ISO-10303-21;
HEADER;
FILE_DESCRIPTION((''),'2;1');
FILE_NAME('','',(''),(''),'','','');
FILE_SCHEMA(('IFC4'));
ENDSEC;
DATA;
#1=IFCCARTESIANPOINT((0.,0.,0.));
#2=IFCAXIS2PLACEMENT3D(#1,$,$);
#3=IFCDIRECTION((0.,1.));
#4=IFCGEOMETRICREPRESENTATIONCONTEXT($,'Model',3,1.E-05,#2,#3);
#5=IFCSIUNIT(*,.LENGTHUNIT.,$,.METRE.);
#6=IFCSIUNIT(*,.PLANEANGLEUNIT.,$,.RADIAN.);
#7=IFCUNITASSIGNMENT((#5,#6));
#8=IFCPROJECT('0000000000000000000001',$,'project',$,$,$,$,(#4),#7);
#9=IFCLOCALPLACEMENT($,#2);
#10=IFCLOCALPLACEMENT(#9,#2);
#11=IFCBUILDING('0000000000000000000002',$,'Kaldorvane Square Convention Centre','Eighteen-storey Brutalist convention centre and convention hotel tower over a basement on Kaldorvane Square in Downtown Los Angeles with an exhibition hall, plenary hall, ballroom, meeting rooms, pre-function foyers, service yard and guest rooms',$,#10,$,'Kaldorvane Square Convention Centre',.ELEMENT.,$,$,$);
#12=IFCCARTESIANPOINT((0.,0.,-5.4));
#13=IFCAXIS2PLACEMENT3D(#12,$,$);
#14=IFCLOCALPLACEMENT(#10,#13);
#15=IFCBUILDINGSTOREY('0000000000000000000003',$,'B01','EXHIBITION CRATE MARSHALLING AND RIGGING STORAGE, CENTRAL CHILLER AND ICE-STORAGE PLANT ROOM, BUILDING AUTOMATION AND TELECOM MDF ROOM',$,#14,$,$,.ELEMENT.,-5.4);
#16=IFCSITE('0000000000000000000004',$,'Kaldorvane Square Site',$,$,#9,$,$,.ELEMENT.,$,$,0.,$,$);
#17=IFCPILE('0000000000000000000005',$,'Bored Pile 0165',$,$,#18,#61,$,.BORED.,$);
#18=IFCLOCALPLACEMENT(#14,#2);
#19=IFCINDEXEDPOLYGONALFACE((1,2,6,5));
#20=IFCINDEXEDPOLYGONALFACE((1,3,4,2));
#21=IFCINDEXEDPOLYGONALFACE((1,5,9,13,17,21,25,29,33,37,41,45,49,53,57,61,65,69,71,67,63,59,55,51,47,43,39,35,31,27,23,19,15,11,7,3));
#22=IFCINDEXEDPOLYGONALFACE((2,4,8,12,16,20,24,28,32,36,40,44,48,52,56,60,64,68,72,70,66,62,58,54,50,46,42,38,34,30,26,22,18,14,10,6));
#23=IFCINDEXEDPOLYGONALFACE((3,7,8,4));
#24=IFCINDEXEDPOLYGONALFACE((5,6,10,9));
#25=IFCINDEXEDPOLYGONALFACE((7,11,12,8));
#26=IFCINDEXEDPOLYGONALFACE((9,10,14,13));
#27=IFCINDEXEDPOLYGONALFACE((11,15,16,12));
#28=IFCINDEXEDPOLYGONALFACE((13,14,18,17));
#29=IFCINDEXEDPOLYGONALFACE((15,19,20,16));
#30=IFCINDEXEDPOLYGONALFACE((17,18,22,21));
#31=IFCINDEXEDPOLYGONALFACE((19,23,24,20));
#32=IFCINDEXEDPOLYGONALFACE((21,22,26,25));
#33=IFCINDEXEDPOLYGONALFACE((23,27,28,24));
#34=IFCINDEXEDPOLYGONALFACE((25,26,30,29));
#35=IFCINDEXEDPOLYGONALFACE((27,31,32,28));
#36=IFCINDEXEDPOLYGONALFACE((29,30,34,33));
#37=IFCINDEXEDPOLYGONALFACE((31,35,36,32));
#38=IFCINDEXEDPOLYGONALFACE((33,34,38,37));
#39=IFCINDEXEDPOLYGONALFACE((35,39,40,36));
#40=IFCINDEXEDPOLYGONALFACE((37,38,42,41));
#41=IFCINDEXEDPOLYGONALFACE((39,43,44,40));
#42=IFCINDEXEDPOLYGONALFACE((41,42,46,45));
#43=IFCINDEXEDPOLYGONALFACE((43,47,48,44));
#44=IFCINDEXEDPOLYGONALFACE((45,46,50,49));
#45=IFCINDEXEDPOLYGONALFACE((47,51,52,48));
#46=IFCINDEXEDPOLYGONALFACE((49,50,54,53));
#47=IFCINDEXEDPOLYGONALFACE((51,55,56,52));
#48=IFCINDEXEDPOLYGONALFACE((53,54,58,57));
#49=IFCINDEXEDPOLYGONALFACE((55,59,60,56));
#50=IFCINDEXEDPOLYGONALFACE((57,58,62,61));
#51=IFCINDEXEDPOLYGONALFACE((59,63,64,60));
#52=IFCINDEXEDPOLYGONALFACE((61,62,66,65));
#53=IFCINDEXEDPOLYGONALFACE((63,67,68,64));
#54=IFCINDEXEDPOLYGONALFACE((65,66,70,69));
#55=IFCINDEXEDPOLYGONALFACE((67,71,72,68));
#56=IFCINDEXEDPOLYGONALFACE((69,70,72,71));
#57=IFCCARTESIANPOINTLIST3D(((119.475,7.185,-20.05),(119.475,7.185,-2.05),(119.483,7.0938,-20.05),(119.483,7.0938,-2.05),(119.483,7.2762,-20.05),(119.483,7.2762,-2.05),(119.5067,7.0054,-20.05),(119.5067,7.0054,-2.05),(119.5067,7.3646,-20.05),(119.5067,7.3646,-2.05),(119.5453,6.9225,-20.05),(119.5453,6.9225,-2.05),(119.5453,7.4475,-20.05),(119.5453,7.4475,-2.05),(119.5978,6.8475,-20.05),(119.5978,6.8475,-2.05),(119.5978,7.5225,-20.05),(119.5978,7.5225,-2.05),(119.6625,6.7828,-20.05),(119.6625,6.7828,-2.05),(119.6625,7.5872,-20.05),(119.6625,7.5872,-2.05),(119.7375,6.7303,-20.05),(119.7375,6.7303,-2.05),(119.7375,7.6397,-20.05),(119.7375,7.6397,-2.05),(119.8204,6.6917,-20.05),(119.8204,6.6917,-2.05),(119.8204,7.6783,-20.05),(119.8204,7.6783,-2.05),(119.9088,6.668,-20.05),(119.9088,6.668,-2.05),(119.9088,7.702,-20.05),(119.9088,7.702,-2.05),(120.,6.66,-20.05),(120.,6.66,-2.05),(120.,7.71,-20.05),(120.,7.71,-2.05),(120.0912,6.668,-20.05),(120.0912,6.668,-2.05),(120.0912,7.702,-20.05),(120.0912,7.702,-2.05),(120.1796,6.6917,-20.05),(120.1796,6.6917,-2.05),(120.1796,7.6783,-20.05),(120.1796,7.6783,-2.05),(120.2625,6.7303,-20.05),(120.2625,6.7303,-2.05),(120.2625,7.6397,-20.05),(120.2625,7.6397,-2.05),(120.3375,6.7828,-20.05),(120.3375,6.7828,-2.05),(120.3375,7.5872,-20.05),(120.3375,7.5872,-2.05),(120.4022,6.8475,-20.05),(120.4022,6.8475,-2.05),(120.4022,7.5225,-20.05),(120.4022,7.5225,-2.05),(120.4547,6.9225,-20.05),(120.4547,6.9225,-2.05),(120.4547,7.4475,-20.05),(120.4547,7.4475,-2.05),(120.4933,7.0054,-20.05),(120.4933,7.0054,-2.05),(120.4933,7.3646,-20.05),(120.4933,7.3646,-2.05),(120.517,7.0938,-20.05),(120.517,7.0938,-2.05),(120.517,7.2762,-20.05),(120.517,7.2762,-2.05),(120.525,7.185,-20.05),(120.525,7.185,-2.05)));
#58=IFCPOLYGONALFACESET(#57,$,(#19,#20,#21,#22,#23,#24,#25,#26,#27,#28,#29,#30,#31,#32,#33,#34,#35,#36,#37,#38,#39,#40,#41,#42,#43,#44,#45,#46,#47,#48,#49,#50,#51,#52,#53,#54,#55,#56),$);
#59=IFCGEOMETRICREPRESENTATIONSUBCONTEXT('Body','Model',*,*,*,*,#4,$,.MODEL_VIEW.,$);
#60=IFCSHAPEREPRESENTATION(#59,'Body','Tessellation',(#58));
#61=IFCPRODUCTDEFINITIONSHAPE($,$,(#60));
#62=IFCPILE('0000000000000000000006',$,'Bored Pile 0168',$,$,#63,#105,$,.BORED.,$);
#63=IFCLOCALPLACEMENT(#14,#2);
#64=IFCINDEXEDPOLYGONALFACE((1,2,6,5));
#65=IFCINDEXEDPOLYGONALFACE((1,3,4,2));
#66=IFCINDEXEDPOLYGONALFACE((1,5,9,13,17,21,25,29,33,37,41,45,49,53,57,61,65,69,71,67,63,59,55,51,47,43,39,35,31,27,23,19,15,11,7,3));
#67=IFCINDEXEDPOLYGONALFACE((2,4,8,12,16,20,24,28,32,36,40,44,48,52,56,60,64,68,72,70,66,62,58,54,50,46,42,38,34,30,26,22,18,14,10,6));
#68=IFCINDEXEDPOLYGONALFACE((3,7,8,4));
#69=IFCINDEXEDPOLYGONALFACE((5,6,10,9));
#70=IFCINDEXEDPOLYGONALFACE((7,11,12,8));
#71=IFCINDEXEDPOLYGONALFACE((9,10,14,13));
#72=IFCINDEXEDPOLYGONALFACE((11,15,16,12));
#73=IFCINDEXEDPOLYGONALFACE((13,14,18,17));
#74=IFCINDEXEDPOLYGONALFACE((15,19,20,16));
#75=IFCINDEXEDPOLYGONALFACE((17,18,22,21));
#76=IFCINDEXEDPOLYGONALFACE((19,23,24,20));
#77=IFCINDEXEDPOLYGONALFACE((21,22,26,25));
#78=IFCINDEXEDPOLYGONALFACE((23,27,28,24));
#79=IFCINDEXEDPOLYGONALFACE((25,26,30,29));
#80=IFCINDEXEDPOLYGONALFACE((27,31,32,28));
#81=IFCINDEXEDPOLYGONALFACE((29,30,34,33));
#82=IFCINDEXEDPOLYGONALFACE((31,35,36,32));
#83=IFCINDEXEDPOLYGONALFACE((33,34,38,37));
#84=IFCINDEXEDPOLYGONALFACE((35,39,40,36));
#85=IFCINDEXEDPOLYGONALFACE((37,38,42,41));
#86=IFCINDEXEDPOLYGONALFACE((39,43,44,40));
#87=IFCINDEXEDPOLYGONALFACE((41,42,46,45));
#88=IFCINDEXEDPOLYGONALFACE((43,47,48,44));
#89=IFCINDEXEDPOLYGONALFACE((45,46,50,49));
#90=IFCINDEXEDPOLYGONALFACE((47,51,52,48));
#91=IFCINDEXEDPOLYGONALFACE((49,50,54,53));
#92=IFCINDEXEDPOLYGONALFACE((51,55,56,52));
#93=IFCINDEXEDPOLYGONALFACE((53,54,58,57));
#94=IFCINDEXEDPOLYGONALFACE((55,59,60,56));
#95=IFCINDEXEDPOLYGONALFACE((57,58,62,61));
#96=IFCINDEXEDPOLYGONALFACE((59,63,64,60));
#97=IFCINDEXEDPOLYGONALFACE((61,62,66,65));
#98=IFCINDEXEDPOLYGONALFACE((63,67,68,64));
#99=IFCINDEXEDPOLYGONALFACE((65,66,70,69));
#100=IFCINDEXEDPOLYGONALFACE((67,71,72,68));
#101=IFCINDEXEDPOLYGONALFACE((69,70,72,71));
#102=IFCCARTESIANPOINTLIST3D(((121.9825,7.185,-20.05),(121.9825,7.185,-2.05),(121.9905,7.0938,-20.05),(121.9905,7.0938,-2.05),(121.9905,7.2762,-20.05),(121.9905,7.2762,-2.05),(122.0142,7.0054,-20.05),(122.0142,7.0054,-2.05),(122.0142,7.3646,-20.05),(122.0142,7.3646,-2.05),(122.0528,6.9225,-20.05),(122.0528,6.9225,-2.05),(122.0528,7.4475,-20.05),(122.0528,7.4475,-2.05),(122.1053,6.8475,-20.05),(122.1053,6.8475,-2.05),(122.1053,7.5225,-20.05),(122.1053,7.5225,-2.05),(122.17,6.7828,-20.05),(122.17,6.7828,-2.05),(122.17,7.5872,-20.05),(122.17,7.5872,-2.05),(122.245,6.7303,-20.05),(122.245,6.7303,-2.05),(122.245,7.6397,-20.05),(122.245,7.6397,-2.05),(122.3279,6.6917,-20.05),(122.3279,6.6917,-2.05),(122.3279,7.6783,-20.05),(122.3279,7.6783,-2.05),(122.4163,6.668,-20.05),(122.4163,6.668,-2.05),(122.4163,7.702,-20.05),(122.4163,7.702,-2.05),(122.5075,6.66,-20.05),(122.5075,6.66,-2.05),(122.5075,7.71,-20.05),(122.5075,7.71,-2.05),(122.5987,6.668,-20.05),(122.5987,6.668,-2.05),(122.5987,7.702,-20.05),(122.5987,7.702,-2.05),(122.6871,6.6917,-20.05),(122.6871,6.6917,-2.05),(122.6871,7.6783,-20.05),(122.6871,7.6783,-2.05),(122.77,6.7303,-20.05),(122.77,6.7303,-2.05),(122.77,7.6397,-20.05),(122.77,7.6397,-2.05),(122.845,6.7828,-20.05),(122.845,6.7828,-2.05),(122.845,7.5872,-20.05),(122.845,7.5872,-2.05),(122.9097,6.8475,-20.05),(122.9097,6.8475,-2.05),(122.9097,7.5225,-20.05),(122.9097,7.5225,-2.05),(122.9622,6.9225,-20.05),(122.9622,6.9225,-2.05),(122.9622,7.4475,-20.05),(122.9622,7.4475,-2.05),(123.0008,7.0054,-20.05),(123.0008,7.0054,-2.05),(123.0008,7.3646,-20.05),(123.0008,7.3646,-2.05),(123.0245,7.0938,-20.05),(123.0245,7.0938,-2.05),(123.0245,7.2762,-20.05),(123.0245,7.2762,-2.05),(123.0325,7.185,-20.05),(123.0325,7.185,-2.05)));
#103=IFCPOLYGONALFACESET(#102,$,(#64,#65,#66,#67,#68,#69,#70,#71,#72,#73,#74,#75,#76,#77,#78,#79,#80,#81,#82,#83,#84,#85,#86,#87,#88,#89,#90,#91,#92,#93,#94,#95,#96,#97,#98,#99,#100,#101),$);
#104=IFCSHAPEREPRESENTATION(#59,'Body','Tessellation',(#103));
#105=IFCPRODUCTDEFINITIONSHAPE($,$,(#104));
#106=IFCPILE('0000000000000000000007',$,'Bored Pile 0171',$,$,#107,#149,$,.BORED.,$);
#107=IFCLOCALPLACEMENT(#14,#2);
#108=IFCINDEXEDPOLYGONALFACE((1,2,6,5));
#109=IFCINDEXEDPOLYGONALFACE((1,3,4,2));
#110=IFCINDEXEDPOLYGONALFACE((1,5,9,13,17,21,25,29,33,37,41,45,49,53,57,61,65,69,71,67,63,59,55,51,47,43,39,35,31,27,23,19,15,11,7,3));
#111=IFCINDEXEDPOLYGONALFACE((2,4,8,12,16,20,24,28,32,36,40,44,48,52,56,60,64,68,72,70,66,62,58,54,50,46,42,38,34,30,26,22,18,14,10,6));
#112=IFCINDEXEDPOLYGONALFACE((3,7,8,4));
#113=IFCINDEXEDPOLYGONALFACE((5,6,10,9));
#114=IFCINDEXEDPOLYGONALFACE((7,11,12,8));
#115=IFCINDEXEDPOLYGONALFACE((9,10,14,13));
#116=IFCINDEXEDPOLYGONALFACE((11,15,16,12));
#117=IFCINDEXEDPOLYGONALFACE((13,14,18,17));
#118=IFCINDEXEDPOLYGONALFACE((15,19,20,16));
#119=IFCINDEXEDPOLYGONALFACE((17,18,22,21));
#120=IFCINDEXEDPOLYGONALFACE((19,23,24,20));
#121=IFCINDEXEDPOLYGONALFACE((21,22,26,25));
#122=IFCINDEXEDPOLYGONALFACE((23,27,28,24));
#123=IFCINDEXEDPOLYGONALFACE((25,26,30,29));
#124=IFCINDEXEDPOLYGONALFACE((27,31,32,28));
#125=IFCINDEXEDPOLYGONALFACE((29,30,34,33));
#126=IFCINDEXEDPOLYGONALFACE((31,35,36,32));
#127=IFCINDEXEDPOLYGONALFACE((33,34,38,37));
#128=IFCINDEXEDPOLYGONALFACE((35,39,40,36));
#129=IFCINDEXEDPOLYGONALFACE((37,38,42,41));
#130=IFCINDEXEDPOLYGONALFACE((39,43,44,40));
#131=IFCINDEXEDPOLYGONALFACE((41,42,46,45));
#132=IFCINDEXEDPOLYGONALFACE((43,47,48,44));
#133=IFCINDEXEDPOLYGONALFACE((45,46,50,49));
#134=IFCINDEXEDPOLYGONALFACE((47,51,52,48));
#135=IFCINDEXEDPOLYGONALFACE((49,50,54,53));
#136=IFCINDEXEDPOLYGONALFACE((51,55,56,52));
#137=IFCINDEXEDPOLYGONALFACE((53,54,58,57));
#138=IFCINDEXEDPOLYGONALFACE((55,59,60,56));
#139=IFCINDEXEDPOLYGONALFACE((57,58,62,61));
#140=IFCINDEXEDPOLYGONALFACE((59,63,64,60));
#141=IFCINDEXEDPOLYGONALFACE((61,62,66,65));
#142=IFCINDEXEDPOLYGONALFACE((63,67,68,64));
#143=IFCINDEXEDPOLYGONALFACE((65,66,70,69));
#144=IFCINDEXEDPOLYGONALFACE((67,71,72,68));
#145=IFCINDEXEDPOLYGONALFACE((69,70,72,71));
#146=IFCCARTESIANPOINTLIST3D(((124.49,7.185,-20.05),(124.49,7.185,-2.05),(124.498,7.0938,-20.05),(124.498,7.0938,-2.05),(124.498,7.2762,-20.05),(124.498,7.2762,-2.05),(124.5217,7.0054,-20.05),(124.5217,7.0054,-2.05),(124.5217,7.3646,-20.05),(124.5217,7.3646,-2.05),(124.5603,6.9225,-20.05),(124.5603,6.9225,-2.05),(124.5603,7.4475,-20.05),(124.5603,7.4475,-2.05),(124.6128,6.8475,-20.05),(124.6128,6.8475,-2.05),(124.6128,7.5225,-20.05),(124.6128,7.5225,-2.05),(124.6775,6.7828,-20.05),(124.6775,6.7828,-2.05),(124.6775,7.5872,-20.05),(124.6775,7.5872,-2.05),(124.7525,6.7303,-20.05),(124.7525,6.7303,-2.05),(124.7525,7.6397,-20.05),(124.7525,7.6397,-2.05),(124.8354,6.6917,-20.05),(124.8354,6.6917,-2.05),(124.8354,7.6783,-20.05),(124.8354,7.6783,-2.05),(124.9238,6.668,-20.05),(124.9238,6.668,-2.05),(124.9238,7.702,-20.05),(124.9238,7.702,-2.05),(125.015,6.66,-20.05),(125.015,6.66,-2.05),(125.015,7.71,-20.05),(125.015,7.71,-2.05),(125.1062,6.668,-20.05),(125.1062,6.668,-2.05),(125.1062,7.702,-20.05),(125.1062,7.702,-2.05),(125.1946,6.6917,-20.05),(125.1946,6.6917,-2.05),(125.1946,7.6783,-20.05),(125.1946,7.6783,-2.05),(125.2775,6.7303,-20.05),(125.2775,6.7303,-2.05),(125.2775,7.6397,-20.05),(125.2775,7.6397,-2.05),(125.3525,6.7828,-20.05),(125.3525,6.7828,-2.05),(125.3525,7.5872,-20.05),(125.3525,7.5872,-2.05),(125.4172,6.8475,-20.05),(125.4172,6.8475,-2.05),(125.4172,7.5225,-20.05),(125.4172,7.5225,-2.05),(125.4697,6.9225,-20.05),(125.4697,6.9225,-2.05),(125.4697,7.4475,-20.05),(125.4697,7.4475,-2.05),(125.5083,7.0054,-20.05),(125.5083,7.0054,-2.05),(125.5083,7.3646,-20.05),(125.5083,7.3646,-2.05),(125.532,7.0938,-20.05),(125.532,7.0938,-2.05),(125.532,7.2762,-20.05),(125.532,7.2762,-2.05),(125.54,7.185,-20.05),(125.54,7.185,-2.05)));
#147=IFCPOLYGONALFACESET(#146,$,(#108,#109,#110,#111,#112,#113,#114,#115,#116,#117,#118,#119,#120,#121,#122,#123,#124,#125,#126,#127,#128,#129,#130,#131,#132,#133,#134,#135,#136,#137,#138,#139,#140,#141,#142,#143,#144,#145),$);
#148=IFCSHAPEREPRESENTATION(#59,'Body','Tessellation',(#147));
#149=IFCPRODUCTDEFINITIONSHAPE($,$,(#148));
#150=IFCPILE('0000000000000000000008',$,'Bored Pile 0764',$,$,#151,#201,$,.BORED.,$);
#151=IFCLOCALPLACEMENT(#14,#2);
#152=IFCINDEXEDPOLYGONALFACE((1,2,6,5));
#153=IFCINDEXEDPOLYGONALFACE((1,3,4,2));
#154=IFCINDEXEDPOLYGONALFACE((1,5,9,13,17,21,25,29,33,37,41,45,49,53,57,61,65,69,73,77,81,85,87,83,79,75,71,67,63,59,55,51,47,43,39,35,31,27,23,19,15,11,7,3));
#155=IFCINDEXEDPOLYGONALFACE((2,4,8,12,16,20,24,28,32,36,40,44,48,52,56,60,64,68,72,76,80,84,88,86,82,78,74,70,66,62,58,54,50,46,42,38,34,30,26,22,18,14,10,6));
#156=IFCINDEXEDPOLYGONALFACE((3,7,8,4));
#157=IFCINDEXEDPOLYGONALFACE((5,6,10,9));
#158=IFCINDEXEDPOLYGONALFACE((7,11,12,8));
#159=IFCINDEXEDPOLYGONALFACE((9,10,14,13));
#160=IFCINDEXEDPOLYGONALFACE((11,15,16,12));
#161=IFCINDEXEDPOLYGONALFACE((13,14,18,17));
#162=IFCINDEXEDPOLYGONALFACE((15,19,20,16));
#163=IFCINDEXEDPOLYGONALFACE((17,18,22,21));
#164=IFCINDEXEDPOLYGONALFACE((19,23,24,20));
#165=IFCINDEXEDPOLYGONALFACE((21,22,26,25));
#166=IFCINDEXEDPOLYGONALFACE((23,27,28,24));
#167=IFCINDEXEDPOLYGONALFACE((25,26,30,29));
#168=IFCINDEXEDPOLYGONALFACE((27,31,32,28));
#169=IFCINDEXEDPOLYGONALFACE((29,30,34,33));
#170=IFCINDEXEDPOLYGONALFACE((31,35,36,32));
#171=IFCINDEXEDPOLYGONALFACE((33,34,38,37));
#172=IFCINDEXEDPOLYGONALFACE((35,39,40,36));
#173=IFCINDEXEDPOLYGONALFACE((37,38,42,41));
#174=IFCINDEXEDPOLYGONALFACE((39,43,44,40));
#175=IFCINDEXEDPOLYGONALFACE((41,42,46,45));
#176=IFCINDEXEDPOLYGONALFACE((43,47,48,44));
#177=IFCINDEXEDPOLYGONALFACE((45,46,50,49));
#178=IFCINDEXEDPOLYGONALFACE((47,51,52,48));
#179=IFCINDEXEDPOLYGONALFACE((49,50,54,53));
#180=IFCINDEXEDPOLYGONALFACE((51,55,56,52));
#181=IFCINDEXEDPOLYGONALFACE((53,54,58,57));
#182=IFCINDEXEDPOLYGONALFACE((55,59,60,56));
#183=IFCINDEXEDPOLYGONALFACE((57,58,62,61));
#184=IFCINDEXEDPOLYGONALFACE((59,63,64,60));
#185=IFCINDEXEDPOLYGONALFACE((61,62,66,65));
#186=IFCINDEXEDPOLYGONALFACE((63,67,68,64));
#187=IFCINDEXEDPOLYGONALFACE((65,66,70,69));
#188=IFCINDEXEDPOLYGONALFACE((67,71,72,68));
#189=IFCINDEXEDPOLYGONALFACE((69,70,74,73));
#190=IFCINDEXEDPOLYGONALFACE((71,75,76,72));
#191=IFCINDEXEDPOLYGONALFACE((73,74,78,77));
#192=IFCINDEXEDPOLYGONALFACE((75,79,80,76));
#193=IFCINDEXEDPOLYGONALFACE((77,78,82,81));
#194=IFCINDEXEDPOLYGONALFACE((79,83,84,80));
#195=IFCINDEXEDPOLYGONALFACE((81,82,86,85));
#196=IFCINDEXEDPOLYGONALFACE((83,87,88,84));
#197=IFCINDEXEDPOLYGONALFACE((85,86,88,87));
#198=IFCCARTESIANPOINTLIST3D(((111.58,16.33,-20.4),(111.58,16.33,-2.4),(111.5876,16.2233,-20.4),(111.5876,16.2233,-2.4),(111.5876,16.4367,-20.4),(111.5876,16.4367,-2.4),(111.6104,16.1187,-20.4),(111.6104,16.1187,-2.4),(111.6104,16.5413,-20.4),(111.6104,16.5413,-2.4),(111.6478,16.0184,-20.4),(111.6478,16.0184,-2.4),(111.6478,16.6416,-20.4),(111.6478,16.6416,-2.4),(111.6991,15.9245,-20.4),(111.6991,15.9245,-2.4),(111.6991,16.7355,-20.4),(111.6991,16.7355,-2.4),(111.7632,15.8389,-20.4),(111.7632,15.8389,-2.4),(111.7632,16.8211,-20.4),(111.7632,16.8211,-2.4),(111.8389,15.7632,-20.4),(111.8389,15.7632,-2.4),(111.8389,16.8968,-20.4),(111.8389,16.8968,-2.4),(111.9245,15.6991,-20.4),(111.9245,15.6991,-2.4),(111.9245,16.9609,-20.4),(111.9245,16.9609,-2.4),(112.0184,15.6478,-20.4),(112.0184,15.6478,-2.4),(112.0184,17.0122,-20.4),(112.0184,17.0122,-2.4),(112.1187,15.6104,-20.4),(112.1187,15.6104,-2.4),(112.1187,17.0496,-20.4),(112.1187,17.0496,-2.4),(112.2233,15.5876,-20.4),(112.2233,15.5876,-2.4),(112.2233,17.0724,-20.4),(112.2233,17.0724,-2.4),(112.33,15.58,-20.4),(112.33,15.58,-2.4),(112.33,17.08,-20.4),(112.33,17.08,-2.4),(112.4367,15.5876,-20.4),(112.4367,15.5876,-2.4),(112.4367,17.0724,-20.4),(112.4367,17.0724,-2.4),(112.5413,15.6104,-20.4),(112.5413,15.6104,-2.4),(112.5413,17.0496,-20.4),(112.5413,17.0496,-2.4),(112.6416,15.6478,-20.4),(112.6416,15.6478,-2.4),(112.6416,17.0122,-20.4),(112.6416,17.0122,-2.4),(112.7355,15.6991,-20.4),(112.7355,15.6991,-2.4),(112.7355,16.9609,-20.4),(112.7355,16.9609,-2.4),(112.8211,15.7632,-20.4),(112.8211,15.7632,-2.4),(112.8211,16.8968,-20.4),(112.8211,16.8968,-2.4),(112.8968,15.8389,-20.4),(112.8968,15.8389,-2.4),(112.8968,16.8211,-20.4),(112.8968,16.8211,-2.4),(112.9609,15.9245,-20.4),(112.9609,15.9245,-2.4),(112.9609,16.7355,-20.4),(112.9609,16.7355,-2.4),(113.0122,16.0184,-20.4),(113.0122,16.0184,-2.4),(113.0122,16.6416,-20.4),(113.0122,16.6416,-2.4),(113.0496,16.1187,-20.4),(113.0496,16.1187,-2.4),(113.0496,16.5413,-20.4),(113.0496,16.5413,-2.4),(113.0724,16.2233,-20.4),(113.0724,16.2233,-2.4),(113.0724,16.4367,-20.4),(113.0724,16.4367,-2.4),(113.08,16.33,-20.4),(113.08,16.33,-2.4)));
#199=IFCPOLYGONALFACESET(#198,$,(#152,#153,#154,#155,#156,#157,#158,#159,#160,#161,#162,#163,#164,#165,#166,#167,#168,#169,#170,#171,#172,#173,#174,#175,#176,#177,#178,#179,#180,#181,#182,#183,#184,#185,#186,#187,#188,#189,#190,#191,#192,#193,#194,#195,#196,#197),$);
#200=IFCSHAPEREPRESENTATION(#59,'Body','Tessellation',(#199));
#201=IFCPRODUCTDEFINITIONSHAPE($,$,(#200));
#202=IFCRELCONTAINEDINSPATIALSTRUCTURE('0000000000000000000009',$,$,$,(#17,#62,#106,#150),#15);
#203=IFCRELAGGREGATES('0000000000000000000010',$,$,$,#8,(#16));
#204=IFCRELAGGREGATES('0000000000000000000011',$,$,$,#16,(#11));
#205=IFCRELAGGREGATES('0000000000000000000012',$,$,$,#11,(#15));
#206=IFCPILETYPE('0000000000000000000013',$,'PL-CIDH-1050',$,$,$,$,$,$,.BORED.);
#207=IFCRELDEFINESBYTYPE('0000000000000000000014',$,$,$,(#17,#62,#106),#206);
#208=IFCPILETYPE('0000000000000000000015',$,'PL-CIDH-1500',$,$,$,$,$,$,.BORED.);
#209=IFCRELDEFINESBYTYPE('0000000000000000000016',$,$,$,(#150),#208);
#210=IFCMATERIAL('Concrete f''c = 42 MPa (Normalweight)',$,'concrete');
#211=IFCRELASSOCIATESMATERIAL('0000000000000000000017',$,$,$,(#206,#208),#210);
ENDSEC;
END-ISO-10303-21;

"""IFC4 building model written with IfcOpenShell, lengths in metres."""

from ifc_helpers import new_model, si_unit, direction, frame, origin, origin_2d, place, context, subcontext, project, spatial, circle, extrude, material, material_profile, profile_set, type_object, element, save


model = new_model("IFC4")

# Units and contexts
model_context = context("Model", 3, precision=1e-05, world=origin(), true_north=direction((0.0, 1.0)))
body_context = subcontext(model_context, "Body", "Model", "MODEL_VIEW")
ifc_project = project(units=[si_unit("LENGTHUNIT", "METRE"), si_unit("PLANEANGLEUNIT", "RADIAN")], contexts=[model_context])

# Site, building, storey
site_placement = place(None, origin())
site = spatial("IfcSite", under=ifc_project, at=site_placement, Name="Kaldorvane Square Site", CompositionType="ELEMENT", RefElevation=0.0)
building_placement = place(site_placement, origin())
building = spatial("IfcBuilding", under=site, at=building_placement, Name="Kaldorvane Square Convention Centre", Description="Eighteen-storey Brutalist convention centre and convention hotel tower over a basement on Kaldorvane Square in Downtown Los Angeles with an exhibition hall, plenary hall, ballroom, meeting rooms, pre-function foyers, service yard and guest rooms", LongName="Kaldorvane Square Convention Centre", CompositionType="ELEMENT")
storey_placement = place(building_placement, frame((0.0, 0.0, -5.4)))
storey = spatial("IfcBuildingStorey", under=building, at=storey_placement, Name="B01", Description="EXHIBITION CRATE MARSHALLING AND RIGGING STORAGE, CENTRAL CHILLER AND ICE-STORAGE PLANT ROOM, BUILDING AUTOMATION AND TELECOM MDF ROOM", CompositionType="ELEMENT", Elevation=-5.4)

# Piles
ifc_material_1 = material(Name="Concrete f'c = 42 MPa (Normalweight)", Category="concrete")
ifc_material_profile_1 = material_profile(ifc_material_1, circle(Radius=0.525, at=origin_2d()), Name="PILE-D1050")
ifc_profile_set_1 = profile_set([ifc_material_profile_1], Name="Concrete f'c = 42 MPa (Normalweight)")
pile_type_1 = type_object("IfcPileType", Name="PL-CIDH-1050", PredefinedType="BORED", material=ifc_profile_set_1)
for number, where, z_axis, x_axis, name in (
    (1, (120.0, 7.185, -2.05), (0.0, 0.0, -1.0), (1.0, 0.0, 0.0), "Bored Pile 0165"),
    (2, (122.5075, 7.185, -2.05), (0.0, 0.0, -1.0), (1.0, 0.0, 0.0), "Bored Pile 0168"),
    (3, (125.015, 7.185, -2.05), (0.0, 0.0, -1.0), (1.0, 0.0, 0.0), "Bored Pile 0171"),
):
    element("IfcPile", number, at=place(storey_placement, frame(where, z_axis=z_axis, x_axis=x_axis)), inside=storey, type_object=pile_type_1, Name=name, PredefinedType="BORED", context=body_context, shape_type="SweptSolid", body=[
        extrude(circle(Radius=0.525, at=origin_2d()), origin(), (0.0, 0.0, 1.0), 18.0),
    ])
ifc_material_profile_2 = material_profile(ifc_material_1, circle(Radius=0.75, at=origin_2d()), Name="PILE-D1500")
ifc_profile_set_2 = profile_set([ifc_material_profile_2], Name="Concrete f'c = 42 MPa (Normalweight)")
pile_type_2 = type_object("IfcPileType", Name="PL-CIDH-1500", PredefinedType="BORED", material=ifc_profile_set_2)
pile_placement = place(storey_placement, frame((112.33, 16.33, -2.4), z_axis=(0.0, 0.0, -1.0), x_axis=(1.0, 0.0, 0.0)))
element("IfcPile", 4, at=pile_placement, inside=storey, type_object=pile_type_2, Name="Bored Pile 0764", PredefinedType="BORED", context=body_context, shape_type="SweptSolid", body=[
    extrude(circle(Radius=0.75, at=origin_2d()), origin(), (0.0, 0.0, 1.0), 18.0),
])

save(model, "model.ifc")
